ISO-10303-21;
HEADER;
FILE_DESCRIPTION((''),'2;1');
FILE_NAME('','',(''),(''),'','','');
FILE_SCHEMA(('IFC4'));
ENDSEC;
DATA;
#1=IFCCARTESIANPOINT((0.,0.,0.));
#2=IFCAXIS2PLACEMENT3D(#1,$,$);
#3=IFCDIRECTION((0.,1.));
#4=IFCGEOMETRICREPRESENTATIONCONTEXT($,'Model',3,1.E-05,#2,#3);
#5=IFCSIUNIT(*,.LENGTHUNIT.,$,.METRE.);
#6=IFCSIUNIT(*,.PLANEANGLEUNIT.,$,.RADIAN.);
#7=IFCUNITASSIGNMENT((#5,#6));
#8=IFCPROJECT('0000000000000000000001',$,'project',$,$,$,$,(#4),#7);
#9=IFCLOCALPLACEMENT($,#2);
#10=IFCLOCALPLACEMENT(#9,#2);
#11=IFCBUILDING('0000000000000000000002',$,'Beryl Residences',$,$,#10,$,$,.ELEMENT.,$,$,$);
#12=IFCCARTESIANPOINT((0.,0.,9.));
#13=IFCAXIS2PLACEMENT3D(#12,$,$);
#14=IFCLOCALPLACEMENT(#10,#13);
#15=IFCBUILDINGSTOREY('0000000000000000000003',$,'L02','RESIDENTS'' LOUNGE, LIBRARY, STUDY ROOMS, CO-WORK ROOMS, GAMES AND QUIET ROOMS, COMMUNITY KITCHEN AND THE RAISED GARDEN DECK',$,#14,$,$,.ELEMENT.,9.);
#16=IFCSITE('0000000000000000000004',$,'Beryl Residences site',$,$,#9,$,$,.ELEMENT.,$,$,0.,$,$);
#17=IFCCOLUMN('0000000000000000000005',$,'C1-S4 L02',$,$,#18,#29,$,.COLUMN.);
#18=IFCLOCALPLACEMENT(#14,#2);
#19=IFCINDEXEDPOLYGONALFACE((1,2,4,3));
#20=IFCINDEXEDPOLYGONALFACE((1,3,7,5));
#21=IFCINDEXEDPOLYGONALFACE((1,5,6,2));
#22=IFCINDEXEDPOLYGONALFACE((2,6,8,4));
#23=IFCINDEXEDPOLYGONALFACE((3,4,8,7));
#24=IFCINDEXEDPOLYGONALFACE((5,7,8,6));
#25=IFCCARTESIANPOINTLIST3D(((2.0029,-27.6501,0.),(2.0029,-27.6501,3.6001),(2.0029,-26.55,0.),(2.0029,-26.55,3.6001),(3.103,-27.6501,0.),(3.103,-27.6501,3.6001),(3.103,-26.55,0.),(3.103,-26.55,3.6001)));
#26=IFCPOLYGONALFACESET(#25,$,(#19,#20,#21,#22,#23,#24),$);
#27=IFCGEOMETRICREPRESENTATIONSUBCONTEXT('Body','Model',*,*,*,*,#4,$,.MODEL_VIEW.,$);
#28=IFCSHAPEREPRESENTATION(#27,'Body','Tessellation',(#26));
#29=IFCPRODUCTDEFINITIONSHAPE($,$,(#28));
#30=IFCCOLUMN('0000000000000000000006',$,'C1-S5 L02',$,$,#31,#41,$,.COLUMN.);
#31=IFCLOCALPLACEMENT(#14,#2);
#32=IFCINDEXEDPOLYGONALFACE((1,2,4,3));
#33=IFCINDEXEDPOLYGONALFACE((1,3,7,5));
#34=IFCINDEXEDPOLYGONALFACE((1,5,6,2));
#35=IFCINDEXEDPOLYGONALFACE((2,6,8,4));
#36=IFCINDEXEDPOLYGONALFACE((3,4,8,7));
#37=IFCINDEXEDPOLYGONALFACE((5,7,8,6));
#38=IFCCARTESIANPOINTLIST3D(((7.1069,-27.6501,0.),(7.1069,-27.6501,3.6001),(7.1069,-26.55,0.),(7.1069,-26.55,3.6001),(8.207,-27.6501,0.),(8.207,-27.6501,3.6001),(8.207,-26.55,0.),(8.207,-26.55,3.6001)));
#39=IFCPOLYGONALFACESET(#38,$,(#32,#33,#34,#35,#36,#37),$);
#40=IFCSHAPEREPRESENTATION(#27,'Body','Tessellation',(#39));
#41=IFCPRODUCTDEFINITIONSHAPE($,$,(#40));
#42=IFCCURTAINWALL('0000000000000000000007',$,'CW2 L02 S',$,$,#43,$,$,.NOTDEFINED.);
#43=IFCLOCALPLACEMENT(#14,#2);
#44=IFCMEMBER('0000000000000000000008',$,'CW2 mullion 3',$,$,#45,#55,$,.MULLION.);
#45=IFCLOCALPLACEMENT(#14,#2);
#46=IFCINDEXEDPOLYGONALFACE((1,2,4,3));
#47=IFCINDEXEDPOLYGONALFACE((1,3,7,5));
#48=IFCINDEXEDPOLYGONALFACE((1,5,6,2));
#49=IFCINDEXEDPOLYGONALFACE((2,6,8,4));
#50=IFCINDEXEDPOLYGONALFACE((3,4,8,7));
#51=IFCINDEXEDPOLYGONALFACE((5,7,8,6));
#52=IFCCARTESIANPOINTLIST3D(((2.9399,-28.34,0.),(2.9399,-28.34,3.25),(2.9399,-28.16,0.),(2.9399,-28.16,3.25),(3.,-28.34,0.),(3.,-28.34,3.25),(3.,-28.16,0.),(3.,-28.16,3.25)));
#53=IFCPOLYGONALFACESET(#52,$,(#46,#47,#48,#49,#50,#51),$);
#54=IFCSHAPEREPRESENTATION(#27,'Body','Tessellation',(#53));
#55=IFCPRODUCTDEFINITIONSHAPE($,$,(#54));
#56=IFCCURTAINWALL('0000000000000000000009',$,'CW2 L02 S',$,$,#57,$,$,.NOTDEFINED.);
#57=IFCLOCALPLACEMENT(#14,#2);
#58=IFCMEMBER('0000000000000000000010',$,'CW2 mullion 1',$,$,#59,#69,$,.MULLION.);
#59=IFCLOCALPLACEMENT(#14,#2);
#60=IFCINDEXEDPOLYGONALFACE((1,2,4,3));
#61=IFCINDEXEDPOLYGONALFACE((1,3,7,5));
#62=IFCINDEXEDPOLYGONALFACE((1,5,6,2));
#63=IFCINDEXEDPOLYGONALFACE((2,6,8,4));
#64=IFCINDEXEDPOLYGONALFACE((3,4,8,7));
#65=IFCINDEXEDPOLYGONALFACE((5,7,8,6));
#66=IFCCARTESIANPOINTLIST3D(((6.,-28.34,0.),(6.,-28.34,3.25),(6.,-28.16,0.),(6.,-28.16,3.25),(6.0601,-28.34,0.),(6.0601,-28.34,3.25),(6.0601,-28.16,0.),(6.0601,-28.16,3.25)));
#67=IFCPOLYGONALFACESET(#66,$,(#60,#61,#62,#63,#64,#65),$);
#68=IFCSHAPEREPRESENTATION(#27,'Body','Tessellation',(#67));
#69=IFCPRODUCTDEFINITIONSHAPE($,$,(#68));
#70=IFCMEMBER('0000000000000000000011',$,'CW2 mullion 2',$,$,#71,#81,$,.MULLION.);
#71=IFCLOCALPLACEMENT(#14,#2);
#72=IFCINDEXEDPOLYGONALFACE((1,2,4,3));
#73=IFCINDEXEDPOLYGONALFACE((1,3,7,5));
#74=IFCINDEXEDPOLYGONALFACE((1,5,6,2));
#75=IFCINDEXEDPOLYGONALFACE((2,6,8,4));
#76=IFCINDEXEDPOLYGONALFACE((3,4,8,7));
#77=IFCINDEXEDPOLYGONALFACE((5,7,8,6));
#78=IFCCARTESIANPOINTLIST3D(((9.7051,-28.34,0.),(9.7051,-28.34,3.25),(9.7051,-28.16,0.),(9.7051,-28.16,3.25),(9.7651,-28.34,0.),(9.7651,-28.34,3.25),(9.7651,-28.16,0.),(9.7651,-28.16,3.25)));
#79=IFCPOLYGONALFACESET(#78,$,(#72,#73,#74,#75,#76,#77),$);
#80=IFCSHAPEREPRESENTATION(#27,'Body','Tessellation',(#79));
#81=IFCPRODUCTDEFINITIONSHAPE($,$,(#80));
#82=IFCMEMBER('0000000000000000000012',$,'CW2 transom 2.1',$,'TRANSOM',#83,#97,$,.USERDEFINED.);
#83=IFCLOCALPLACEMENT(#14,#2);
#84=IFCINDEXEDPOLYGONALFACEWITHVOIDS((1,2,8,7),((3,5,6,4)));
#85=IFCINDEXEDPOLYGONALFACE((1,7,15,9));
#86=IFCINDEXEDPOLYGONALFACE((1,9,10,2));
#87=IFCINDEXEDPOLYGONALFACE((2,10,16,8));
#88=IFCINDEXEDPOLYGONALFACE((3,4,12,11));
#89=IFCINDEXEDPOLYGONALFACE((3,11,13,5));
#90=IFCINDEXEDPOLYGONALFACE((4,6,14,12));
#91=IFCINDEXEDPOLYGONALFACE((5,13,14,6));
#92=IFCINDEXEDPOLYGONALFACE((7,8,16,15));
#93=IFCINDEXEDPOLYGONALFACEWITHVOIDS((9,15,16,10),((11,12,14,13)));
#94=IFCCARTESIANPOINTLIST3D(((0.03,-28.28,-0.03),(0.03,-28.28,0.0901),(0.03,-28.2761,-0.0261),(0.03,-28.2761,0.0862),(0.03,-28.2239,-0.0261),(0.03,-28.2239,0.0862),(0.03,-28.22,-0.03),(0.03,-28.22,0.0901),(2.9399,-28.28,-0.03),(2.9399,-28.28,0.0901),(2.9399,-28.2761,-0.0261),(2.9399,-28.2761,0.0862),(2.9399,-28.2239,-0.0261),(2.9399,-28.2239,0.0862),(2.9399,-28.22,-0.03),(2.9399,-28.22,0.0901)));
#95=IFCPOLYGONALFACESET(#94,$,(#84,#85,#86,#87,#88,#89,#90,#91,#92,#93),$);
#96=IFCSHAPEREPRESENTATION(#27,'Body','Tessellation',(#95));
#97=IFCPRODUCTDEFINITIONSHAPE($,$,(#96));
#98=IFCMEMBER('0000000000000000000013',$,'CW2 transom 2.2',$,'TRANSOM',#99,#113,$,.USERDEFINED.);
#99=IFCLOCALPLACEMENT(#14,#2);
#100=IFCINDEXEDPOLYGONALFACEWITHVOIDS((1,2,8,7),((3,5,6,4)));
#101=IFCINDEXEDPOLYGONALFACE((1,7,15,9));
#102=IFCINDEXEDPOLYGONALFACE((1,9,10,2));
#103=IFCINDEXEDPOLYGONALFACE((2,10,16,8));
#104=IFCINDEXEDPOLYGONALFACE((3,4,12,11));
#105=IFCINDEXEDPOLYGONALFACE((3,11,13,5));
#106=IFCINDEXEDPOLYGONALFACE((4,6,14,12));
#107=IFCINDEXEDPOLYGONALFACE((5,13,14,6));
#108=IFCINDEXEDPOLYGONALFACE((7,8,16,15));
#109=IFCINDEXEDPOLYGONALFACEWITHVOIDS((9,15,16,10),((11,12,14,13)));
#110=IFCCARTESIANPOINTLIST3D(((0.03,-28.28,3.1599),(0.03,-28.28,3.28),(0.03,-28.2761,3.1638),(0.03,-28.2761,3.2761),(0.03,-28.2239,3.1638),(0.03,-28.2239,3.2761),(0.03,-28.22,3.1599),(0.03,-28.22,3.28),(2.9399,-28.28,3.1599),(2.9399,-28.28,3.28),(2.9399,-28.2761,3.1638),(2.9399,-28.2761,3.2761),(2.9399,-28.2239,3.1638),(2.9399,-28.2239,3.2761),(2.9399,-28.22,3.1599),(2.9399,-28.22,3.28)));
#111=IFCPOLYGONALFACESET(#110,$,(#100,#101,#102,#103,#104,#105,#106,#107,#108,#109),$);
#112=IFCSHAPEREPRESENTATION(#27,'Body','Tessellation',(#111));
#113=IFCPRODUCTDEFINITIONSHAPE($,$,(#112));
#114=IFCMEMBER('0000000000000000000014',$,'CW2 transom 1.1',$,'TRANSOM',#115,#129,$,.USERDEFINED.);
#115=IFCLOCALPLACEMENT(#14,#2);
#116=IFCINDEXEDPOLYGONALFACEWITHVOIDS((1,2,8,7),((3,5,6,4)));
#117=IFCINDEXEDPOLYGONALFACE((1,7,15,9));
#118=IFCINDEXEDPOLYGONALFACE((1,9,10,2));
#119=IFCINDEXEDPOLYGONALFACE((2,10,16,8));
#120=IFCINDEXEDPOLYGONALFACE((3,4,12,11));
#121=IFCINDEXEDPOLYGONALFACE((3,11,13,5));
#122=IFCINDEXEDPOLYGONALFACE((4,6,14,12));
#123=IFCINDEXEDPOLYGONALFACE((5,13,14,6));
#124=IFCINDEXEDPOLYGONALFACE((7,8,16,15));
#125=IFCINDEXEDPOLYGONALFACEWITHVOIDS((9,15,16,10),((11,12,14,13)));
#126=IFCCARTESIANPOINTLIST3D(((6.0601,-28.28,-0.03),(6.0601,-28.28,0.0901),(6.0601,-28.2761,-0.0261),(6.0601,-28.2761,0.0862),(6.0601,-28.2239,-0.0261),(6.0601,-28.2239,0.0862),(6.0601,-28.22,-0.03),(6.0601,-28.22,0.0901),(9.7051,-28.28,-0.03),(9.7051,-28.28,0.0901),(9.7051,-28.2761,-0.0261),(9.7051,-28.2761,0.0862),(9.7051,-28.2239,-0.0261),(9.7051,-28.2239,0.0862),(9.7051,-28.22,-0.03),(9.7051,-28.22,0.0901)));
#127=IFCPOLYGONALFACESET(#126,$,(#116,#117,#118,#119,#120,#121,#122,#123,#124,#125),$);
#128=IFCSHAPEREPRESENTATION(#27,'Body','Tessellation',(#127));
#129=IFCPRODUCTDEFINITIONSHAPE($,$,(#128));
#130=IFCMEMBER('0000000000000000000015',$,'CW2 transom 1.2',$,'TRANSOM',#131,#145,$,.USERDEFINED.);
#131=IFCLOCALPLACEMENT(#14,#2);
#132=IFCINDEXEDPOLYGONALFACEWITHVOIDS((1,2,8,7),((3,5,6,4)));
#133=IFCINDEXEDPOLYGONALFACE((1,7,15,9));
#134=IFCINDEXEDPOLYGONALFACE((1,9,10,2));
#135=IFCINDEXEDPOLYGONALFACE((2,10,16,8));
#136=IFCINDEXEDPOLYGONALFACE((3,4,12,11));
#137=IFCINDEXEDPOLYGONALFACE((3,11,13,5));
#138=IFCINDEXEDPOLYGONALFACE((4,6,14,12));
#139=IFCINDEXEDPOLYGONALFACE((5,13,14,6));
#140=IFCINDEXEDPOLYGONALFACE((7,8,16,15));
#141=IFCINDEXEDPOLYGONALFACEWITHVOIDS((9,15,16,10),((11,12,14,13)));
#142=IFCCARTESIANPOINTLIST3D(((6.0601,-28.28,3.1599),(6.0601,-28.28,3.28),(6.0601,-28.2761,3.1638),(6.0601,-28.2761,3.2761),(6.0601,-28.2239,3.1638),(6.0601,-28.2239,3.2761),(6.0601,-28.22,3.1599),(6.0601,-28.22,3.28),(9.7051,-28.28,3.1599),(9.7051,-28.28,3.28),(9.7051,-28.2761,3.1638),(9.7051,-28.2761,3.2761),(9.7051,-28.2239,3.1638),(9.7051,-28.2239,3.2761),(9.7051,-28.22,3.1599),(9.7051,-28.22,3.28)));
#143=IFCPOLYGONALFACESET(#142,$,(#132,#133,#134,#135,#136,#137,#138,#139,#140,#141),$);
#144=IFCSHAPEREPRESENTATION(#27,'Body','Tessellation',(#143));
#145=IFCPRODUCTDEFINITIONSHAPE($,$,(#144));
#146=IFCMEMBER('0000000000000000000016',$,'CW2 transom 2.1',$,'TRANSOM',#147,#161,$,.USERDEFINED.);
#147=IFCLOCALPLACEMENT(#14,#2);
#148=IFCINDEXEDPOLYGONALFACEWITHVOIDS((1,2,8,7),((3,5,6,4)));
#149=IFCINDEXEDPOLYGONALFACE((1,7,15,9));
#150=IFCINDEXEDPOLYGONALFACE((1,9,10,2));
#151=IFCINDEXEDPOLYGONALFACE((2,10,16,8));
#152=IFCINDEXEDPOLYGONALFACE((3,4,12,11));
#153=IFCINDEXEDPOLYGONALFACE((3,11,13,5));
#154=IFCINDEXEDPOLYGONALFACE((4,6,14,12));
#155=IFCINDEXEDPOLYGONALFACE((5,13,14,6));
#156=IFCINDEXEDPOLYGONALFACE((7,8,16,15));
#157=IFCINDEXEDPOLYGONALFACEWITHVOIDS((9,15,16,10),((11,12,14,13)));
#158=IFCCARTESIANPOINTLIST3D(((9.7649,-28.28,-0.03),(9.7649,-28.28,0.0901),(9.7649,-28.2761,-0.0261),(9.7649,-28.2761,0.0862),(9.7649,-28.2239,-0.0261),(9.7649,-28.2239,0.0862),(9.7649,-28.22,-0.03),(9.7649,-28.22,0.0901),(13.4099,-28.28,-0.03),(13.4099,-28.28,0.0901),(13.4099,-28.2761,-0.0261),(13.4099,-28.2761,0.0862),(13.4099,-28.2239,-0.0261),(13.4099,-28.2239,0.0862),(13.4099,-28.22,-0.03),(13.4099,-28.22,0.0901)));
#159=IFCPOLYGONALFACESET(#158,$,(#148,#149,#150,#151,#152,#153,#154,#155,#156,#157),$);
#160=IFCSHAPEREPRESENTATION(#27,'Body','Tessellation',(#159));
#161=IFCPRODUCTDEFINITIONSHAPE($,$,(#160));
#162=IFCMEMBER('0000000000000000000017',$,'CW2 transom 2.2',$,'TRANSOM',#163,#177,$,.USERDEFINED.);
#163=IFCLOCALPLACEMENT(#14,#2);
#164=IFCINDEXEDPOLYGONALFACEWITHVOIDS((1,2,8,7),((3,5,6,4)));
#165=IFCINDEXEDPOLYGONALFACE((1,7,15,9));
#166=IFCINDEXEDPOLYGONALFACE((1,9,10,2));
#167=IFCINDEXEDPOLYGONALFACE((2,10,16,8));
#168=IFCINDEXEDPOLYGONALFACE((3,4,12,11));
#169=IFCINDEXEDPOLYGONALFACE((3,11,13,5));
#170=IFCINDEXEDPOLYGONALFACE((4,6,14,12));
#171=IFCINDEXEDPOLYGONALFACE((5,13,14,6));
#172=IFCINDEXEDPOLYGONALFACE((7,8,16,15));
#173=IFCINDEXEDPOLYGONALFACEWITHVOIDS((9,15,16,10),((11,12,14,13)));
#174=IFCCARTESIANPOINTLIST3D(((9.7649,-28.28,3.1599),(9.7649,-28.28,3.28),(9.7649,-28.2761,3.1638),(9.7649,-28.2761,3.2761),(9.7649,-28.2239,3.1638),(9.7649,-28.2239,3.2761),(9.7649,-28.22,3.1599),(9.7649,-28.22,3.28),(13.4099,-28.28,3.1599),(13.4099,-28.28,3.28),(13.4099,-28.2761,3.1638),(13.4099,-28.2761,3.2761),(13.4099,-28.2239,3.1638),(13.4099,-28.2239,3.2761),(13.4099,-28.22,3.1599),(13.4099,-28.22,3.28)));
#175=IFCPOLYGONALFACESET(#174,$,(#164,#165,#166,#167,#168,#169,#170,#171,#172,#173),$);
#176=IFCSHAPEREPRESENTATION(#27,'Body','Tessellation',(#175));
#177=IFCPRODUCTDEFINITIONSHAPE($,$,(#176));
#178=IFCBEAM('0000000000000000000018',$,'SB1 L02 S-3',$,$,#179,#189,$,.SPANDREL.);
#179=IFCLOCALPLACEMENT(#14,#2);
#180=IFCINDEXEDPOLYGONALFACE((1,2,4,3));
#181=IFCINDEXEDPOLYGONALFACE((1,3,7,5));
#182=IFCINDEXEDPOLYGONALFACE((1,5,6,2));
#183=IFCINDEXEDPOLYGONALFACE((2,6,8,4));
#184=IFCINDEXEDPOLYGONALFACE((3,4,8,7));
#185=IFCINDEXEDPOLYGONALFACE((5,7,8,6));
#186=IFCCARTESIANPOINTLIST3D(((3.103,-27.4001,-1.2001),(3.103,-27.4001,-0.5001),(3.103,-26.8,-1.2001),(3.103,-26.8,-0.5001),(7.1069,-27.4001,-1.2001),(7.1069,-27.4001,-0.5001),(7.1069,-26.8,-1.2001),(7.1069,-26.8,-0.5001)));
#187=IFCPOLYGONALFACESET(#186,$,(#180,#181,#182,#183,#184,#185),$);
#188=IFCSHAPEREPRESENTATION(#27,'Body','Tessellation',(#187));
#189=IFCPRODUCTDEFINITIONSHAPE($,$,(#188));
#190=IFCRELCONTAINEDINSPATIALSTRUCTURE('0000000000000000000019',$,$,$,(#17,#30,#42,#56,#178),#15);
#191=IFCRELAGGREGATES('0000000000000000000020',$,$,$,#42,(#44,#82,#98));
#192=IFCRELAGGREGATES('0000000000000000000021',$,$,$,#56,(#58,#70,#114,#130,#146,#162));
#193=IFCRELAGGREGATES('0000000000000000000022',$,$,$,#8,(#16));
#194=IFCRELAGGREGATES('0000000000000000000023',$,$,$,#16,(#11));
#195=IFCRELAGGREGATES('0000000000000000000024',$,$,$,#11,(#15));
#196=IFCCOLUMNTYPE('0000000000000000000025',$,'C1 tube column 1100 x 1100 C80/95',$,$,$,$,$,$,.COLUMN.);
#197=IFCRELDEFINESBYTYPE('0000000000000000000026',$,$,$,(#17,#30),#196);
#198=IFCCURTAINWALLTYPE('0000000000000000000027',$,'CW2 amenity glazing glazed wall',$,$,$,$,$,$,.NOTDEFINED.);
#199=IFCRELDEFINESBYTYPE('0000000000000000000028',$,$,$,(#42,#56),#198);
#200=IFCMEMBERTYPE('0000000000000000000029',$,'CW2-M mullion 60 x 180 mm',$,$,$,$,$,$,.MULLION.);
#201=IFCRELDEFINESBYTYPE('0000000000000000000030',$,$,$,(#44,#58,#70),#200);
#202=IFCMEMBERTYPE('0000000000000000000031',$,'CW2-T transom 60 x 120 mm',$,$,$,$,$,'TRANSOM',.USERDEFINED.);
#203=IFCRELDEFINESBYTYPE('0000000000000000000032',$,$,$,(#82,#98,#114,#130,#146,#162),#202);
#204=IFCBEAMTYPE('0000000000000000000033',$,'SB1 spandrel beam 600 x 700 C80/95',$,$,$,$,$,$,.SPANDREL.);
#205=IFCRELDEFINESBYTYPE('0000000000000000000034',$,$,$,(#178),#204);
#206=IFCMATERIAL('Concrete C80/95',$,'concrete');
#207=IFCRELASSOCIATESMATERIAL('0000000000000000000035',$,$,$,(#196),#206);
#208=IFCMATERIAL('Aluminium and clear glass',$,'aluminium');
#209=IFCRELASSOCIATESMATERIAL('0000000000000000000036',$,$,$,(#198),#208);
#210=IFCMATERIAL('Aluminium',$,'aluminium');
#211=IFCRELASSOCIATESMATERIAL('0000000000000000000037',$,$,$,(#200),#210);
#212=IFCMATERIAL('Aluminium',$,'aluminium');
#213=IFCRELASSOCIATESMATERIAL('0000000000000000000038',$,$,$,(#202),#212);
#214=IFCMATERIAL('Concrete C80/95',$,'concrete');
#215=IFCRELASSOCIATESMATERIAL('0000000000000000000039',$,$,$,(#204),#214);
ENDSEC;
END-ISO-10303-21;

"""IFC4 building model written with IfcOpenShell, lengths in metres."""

from ifc_helpers import new_model, si_unit, direction, frame, origin, origin_2d, place, context, subcontext, project, spatial, rectangle, hollow_rectangle, extrude, material, material_profile, profile_set, type_object, element, aggregate, save


model = new_model("IFC4")

# Units and contexts
model_context = context("Model", 3, precision=1e-05, world=origin(), true_north=direction((0.0, 1.0)))
body_context = subcontext(model_context, "Body", "Model", "MODEL_VIEW")
ifc_project = project(units=[si_unit("LENGTHUNIT", "METRE"), si_unit("PLANEANGLEUNIT", "RADIAN")], contexts=[model_context])

# Site, building, storey
site_placement = place(None, origin())
site = spatial("IfcSite", under=ifc_project, at=site_placement, Name="Beryl Residences site", CompositionType="ELEMENT", RefElevation=0.0)
building_placement = place(site_placement, origin())
building = spatial("IfcBuilding", under=site, at=building_placement, Name="Beryl Residences", CompositionType="ELEMENT")
storey_placement = place(building_placement, frame((0.0, 0.0, 9.0)))
storey = spatial("IfcBuildingStorey", under=building, at=storey_placement, Name="L02", Description="RESIDENTS' LOUNGE, LIBRARY, STUDY ROOMS, CO-WORK ROOMS, GAMES AND QUIET ROOMS, COMMUNITY KITCHEN AND THE RAISED GARDEN DECK", CompositionType="ELEMENT", Elevation=9.0)

# Columns
ifc_material_1 = material(Name="Concrete C80/95", Category="concrete")
ifc_material_profile_1 = material_profile(ifc_material_1, rectangle(XDim=1.1001, YDim=1.1001, at=origin_2d()))
ifc_profile_set_1 = profile_set([ifc_material_profile_1], Name="Concrete C80/95")
column_type = type_object("IfcColumnType", Name="C1 tube column 1100 x 1100 C80/95", PredefinedType="COLUMN", material=ifc_profile_set_1)
for number, where, z_axis, x_axis, name in (
    (1, (2.553, -27.1001, 0.0), (0.0, 0.0, 1.0), (1.0, 0.0, 0.0), "C1-S4 L02"),
    (2, (7.657, -27.1001, 0.0), (0.0, 0.0, 1.0), (1.0, 0.0, 0.0), "C1-S5 L02"),
):
    element("IfcColumn", number, at=place(storey_placement, frame(where, z_axis=z_axis, x_axis=x_axis)), inside=storey, type_object=column_type, Name=name, PredefinedType="COLUMN", context=body_context, shape_type="SweptSolid", body=[
        extrude(rectangle(XDim=1.1001, YDim=1.1001, at=origin_2d()), origin(), (0.0, 0.0, 1.0), 3.6001),
    ])

# Curtain wall, member
ifc_material_2 = material(Name="Aluminium and clear glass", Category="aluminium")
curtain_wall_type = type_object("IfcCurtainWallType", Name="CW2 amenity glazing glazed wall", PredefinedType="NOTDEFINED", material=ifc_material_2)
curtain_wall_1_placement = place(storey_placement, origin())
curtain_wall_1 = element("IfcCurtainWall", 3, at=curtain_wall_1_placement, inside=storey, type_object=curtain_wall_type, Name="CW2 L02 S", PredefinedType="NOTDEFINED")
ifc_material_3 = material(Name="Aluminium", Category="aluminium")
ifc_material_profile_2 = material_profile(ifc_material_3, rectangle(XDim=0.0601, YDim=0.1799, at=origin_2d()))
ifc_profile_set_2 = profile_set([ifc_material_profile_2], Name="Aluminium")
member_type_1 = type_object("IfcMemberType", Name="CW2-M mullion 60 x 180 mm", PredefinedType="MULLION", material=ifc_profile_set_2)
member_1_placement = place(storey_placement, frame((2.97, -28.25, 0.0), z_axis=(0.0, 0.0, 1.0), x_axis=(1.0, 0.0, 0.0)))
member_1 = element("IfcMember", 4, at=member_1_placement, type_object=member_type_1, Name="CW2 mullion 3", PredefinedType="MULLION", context=body_context, shape_type="SweptSolid", body=[
    extrude(rectangle(XDim=0.0601, YDim=0.1799, at=origin_2d()), origin(), (0.0, 0.0, 1.0), 3.25),
])

# Curtain wall, members
curtain_wall_2_placement = place(storey_placement, origin())
curtain_wall_2 = element("IfcCurtainWall", 5, at=curtain_wall_2_placement, inside=storey, type_object=curtain_wall_type, Name="CW2 L02 S", PredefinedType="NOTDEFINED")
member_2_placement = place(storey_placement, frame((6.03, -28.25, 0.0), z_axis=(0.0, 0.0, 1.0), x_axis=(1.0, 0.0, 0.0)))
member_2 = element("IfcMember", 6, at=member_2_placement, type_object=member_type_1, Name="CW2 mullion 1", PredefinedType="MULLION", context=body_context, shape_type="SweptSolid", body=[
    extrude(rectangle(XDim=0.0601, YDim=0.1799, at=origin_2d()), origin(), (0.0, 0.0, 1.0), 3.25),
])
member_3_placement = place(storey_placement, frame((9.7351, -28.25, 0.0), z_axis=(0.0, 0.0, 1.0), x_axis=(1.0, 0.0, 0.0)))
member_3 = element("IfcMember", 7, at=member_3_placement, type_object=member_type_1, Name="CW2 mullion 2", PredefinedType="MULLION", context=body_context, shape_type="SweptSolid", body=[
    extrude(rectangle(XDim=0.0601, YDim=0.1799, at=origin_2d()), origin(), (0.0, 0.0, 1.0), 3.25),
])

# Members
ifc_material_4 = material(Name="Aluminium", Category="aluminium")
ifc_material_profile_3 = material_profile(ifc_material_4, hollow_rectangle(XDim=0.0601, YDim=0.1201, WallThickness=0.0039, at=origin_2d()))
ifc_profile_set_3 = profile_set([ifc_material_profile_3], Name="Aluminium")
member_type_2 = type_object("IfcMemberType", Name="CW2-T transom 60 x 120 mm", ElementType="TRANSOM", PredefinedType="USERDEFINED", material=ifc_profile_set_3)
member_4_placement = place(storey_placement, frame((0.03, -28.25, 0.03), z_axis=(1.0, 0.0, 0.0), x_axis=(0.0, 1.0, 0.0)))
member_4 = element("IfcMember", 8, at=member_4_placement, type_object=member_type_2, Name="CW2 transom 2.1", ObjectType="TRANSOM", PredefinedType="USERDEFINED", context=body_context, shape_type="SweptSolid", body=[
    extrude(hollow_rectangle(XDim=0.0601, YDim=0.1201, WallThickness=0.0039, at=origin_2d()), origin(), (0.0, 0.0, 1.0), 2.9099),
])
member_5_placement = place(storey_placement, frame((0.03, -28.25, 3.22), z_axis=(1.0, 0.0, 0.0), x_axis=(0.0, 1.0, 0.0)))
member_5 = element("IfcMember", 9, at=member_5_placement, type_object=member_type_2, Name="CW2 transom 2.2", ObjectType="TRANSOM", PredefinedType="USERDEFINED", context=body_context, shape_type="SweptSolid", body=[
    extrude(hollow_rectangle(XDim=0.0601, YDim=0.1201, WallThickness=0.0039, at=origin_2d()), origin(), (0.0, 0.0, 1.0), 2.9099),
])
member_6_placement = place(storey_placement, frame((6.0601, -28.25, 0.03), z_axis=(1.0, 0.0, 0.0), x_axis=(0.0, 1.0, 0.0)))
member_6 = element("IfcMember", 10, at=member_6_placement, type_object=member_type_2, Name="CW2 transom 1.1", ObjectType="TRANSOM", PredefinedType="USERDEFINED", context=body_context, shape_type="SweptSolid", body=[
    extrude(hollow_rectangle(XDim=0.0601, YDim=0.1201, WallThickness=0.0039, at=origin_2d()), origin(), (0.0, 0.0, 1.0), 3.645),
])
member_7_placement = place(storey_placement, frame((6.0601, -28.25, 3.22), z_axis=(1.0, 0.0, 0.0), x_axis=(0.0, 1.0, 0.0)))
member_7 = element("IfcMember", 11, at=member_7_placement, type_object=member_type_2, Name="CW2 transom 1.2", ObjectType="TRANSOM", PredefinedType="USERDEFINED", context=body_context, shape_type="SweptSolid", body=[
    extrude(hollow_rectangle(XDim=0.0601, YDim=0.1201, WallThickness=0.0039, at=origin_2d()), origin(), (0.0, 0.0, 1.0), 3.645),
])
member_8_placement = place(storey_placement, frame((9.7649, -28.25, 0.03), z_axis=(1.0, 0.0, 0.0), x_axis=(0.0, 1.0, 0.0)))
member_8 = element("IfcMember", 12, at=member_8_placement, type_object=member_type_2, Name="CW2 transom 2.1", ObjectType="TRANSOM", PredefinedType="USERDEFINED", context=body_context, shape_type="SweptSolid", body=[
    extrude(hollow_rectangle(XDim=0.0601, YDim=0.1201, WallThickness=0.0039, at=origin_2d()), origin(), (0.0, 0.0, 1.0), 3.645),
])
member_9_placement = place(storey_placement, frame((9.7649, -28.25, 3.22), z_axis=(1.0, 0.0, 0.0), x_axis=(0.0, 1.0, 0.0)))
member_9 = element("IfcMember", 13, at=member_9_placement, type_object=member_type_2, Name="CW2 transom 2.2", ObjectType="TRANSOM", PredefinedType="USERDEFINED", context=body_context, shape_type="SweptSolid", body=[
    extrude(hollow_rectangle(XDim=0.0601, YDim=0.1201, WallThickness=0.0039, at=origin_2d()), origin(), (0.0, 0.0, 1.0), 3.645),
])

# Beam
ifc_material_5 = material(Name="Concrete C80/95", Category="concrete")
ifc_material_profile_4 = material_profile(ifc_material_5, rectangle(XDim=0.6001, YDim=0.7, at=origin_2d()))
ifc_profile_set_4 = profile_set([ifc_material_profile_4], Name="Concrete C80/95")
beam_type = type_object("IfcBeamType", Name="SB1 spandrel beam 600 x 700 C80/95", PredefinedType="SPANDREL", material=ifc_profile_set_4)
for number, where, z_axis, x_axis, name in (
    (14, (3.103, -27.1001, -0.8501), (1.0, 0.0, 0.0), (0.0, 1.0, 0.0), "SB1 L02 S-3"),
):
    element("IfcBeam", number, at=place(storey_placement, frame(where, z_axis=z_axis, x_axis=x_axis)), inside=storey, type_object=beam_type, Name=name, PredefinedType="SPANDREL", context=body_context, shape_type="SweptSolid", body=[
        extrude(rectangle(XDim=0.6001, YDim=0.7, at=origin_2d()), origin(), (0.0, 0.0, 1.0), 4.0039),
    ])

aggregate(curtain_wall_1, [member_1, member_4, member_5])
aggregate(curtain_wall_2, [member_2, member_3, member_6, member_7, member_8, member_9])

save(model, "model.ifc")
